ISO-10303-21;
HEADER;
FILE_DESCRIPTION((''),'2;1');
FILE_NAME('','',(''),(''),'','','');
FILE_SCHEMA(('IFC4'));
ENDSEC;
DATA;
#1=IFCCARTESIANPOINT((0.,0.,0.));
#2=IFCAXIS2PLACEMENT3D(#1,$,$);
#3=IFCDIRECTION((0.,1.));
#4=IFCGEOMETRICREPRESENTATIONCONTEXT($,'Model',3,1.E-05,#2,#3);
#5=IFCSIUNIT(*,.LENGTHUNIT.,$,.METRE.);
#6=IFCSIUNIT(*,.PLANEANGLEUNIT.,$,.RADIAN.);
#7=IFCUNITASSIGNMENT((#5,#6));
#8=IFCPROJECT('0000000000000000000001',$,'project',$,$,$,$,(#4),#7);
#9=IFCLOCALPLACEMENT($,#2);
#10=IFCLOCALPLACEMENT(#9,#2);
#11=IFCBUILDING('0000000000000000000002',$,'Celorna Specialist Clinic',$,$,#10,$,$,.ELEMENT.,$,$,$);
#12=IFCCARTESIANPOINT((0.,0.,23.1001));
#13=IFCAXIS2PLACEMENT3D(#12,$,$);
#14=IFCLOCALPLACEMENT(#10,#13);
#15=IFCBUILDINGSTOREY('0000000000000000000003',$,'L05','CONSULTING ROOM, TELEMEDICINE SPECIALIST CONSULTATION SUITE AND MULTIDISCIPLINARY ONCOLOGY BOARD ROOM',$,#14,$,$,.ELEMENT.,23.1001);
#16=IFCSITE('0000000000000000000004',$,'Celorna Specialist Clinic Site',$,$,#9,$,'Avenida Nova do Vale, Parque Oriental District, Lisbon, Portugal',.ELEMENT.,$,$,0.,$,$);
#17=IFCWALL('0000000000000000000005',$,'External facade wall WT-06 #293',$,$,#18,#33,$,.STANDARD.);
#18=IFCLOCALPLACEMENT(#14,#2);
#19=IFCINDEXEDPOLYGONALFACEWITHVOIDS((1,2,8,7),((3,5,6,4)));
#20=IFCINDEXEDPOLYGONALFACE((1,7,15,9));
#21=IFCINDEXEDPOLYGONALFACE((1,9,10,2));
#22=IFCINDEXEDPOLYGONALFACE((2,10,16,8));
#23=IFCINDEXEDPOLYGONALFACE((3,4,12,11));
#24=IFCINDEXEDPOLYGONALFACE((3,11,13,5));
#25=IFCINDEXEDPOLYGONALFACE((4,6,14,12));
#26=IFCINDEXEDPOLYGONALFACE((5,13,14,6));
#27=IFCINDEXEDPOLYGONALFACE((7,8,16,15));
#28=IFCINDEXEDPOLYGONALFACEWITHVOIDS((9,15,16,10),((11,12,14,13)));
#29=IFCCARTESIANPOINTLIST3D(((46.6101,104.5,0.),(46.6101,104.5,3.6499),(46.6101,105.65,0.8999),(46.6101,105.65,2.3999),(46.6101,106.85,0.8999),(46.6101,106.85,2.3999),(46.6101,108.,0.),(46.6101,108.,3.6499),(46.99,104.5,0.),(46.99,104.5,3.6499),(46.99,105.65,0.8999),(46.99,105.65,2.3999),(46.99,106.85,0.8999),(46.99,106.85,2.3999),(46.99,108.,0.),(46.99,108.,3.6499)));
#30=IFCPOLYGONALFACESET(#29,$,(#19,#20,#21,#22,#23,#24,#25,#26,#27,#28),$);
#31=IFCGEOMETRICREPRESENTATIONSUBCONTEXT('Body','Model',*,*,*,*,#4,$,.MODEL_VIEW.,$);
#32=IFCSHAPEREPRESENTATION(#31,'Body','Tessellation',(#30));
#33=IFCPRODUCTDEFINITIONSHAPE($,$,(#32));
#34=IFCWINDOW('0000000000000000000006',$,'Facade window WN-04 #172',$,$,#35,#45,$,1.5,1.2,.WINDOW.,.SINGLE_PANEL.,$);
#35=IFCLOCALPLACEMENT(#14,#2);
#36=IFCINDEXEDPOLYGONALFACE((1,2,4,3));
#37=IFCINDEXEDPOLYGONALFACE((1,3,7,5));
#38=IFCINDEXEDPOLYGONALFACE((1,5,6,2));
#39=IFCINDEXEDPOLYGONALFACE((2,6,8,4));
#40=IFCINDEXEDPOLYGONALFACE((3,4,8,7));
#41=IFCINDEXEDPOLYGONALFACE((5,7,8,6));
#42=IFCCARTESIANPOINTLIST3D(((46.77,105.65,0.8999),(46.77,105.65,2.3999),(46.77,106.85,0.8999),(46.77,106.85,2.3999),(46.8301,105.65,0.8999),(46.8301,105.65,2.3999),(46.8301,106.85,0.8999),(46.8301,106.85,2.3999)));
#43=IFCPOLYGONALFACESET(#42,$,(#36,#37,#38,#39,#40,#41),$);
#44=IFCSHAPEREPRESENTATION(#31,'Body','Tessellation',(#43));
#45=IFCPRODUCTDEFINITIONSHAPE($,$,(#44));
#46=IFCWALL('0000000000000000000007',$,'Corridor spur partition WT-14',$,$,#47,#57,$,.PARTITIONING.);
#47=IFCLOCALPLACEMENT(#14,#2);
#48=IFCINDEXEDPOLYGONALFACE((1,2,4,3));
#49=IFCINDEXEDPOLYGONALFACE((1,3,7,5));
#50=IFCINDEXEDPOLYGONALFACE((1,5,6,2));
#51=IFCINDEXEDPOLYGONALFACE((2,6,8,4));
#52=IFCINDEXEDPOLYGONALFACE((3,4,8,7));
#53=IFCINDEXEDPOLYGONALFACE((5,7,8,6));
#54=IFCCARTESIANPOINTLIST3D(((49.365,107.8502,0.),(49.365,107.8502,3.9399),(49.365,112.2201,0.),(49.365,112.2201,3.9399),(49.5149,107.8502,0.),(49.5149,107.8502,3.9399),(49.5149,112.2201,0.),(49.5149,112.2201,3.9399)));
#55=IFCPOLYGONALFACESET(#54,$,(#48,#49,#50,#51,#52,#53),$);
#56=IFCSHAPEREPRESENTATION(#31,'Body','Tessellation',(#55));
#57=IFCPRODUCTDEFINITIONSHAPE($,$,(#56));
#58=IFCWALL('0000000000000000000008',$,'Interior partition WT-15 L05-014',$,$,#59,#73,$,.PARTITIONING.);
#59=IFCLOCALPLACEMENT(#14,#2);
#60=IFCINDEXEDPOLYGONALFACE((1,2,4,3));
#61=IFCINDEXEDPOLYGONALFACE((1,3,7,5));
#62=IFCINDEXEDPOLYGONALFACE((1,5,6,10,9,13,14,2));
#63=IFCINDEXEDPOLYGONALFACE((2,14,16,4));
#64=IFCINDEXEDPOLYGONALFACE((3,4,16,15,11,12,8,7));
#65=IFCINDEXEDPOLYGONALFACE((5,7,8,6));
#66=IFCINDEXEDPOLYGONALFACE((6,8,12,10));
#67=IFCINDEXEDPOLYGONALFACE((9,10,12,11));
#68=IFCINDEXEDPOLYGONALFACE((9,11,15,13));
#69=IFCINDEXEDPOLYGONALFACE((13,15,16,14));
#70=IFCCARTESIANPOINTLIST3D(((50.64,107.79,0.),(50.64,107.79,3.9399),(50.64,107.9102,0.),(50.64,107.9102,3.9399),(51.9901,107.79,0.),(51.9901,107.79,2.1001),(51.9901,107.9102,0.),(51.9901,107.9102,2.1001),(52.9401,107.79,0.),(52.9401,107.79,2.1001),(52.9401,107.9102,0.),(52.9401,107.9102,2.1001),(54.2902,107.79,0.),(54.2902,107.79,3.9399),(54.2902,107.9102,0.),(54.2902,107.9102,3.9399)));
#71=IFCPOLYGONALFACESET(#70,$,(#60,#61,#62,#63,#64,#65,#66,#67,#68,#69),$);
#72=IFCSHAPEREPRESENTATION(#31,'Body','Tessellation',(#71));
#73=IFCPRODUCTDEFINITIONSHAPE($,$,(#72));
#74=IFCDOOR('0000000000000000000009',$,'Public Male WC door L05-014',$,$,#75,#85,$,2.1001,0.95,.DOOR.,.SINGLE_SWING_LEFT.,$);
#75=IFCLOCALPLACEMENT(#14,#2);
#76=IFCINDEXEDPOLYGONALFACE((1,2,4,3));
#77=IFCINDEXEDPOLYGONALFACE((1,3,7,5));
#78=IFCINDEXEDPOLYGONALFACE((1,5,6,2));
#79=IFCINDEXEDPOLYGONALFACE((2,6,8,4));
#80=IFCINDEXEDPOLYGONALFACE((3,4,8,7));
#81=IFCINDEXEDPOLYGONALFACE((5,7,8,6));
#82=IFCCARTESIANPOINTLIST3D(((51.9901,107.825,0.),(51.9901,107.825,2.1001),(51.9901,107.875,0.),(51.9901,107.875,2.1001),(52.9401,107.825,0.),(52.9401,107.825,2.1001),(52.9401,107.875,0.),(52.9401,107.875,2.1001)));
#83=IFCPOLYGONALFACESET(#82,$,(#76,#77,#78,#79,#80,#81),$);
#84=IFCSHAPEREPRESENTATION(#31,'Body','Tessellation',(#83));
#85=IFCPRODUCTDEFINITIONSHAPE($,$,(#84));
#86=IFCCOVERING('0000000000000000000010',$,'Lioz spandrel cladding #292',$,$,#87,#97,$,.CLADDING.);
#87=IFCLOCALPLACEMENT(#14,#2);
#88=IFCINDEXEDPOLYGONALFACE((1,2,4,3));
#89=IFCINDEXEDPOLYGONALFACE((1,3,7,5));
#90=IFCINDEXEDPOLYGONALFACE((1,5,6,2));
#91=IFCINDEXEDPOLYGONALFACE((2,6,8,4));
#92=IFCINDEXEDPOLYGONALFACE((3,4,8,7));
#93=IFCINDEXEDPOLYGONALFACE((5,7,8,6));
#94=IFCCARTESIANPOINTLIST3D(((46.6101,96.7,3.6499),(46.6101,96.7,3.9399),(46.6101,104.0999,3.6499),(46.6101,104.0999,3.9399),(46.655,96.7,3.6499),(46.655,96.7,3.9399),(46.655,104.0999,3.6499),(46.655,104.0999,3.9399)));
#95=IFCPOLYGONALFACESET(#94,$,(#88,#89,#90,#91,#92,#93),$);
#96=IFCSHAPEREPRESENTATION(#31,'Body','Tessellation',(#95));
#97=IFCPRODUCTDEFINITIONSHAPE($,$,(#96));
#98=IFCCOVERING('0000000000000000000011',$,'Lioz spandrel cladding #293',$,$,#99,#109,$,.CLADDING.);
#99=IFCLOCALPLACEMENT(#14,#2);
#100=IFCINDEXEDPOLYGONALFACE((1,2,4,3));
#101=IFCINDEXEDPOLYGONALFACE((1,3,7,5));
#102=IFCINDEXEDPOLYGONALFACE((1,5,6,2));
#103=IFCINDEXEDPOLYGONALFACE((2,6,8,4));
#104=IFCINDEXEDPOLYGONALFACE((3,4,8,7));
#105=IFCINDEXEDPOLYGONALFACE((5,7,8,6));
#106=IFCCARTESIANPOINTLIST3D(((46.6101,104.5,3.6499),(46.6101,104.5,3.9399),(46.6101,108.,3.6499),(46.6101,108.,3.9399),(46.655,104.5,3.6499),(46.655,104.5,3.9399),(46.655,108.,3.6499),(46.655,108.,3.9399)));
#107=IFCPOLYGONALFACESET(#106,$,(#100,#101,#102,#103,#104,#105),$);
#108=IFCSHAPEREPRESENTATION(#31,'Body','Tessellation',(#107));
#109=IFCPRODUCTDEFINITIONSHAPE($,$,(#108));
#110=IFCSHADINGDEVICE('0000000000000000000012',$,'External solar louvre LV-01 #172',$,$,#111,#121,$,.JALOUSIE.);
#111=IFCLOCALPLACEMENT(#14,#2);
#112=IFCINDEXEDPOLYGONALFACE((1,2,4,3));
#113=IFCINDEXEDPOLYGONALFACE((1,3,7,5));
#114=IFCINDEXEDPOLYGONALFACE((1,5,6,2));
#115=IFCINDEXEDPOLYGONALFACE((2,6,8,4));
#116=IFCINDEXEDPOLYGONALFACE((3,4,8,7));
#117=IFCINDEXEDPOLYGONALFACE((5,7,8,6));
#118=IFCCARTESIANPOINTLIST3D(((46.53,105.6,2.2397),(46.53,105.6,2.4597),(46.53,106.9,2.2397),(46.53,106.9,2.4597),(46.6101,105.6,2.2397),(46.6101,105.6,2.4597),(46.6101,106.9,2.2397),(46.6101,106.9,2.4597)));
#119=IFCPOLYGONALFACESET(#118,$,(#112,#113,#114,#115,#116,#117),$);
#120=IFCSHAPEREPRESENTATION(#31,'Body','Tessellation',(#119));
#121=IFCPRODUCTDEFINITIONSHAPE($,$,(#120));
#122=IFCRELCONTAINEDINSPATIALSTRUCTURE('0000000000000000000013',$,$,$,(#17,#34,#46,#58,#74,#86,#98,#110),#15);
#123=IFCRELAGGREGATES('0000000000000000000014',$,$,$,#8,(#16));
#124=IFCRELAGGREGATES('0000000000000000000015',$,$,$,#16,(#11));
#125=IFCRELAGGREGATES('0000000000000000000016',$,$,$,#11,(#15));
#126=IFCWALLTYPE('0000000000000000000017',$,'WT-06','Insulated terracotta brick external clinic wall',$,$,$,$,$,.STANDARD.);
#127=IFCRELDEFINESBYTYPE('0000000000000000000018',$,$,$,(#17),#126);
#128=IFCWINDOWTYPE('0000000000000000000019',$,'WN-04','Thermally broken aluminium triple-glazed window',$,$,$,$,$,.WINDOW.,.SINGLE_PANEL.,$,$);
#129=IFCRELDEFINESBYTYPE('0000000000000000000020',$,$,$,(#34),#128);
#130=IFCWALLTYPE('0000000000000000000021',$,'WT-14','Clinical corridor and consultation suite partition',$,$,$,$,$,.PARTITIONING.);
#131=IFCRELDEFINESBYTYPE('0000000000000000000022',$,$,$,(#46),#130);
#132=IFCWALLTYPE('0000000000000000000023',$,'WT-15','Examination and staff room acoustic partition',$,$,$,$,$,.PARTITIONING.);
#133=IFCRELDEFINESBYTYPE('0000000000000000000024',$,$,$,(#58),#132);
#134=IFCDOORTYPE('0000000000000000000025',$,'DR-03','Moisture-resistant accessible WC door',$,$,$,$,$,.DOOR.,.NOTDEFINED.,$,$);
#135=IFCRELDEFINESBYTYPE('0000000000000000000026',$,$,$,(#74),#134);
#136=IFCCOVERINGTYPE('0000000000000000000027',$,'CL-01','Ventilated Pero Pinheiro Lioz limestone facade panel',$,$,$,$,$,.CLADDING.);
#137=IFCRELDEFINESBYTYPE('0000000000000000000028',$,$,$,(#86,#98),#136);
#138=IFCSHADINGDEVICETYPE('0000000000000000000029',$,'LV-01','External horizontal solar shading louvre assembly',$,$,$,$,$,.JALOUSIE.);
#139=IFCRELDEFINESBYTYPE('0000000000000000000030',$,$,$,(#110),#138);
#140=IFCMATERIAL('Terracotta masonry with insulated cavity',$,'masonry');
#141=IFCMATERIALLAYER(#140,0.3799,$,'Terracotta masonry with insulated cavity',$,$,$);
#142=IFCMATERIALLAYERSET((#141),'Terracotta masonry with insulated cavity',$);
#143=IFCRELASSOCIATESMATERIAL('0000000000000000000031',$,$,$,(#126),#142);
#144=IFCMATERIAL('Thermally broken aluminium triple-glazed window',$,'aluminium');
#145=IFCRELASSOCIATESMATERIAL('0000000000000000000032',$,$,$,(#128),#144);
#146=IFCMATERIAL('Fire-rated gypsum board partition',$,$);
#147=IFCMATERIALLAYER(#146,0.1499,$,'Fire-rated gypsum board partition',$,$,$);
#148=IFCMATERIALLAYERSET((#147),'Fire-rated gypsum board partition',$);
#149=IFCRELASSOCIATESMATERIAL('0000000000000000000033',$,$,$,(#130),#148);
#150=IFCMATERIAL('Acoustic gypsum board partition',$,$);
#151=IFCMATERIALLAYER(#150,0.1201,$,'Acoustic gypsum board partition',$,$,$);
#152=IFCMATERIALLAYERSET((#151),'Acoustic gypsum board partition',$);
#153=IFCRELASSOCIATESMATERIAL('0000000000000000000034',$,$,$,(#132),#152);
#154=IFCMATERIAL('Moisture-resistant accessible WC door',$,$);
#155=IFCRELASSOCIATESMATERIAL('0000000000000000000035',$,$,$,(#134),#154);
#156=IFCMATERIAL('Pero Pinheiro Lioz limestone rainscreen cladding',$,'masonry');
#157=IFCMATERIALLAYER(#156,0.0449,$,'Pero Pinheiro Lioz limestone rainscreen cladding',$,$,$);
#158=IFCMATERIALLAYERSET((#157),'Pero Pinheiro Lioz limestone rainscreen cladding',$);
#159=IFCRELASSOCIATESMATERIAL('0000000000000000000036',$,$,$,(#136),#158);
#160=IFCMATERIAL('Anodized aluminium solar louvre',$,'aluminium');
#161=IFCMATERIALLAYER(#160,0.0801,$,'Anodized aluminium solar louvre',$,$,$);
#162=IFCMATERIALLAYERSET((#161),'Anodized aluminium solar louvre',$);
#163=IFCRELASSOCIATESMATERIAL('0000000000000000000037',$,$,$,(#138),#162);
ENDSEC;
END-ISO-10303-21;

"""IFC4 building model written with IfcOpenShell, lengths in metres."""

from ifc_helpers import new_model, si_unit, direction, frame, frame_2d, origin, origin_2d, place, context, subcontext, project, spatial, rectangle, extrude, material, layer, layer_set, type_object, element, fill, save


model = new_model("IFC4")

# Units and contexts
model_context = context("Model", 3, precision=1e-05, world=origin(), true_north=direction((0.0, 1.0)))
body_context = subcontext(model_context, "Body", "Model", "MODEL_VIEW")
ifc_project = project(units=[si_unit("LENGTHUNIT", "METRE"), si_unit("PLANEANGLEUNIT", "RADIAN")], contexts=[model_context])

# Site, building, storey
site_placement = place(None, origin())
site = spatial("IfcSite", under=ifc_project, at=site_placement, Name="Celorna Specialist Clinic Site", LongName="Avenida Nova do Vale, Parque Oriental District, Lisbon, Portugal", CompositionType="ELEMENT", RefElevation=0.0)
building_placement = place(site_placement, origin())
building = spatial("IfcBuilding", under=site, at=building_placement, Name="Celorna Specialist Clinic", CompositionType="ELEMENT")
storey_placement = place(building_placement, frame((0.0, 0.0, 23.1001)))
storey = spatial("IfcBuildingStorey", under=building, at=storey_placement, Name="L05", Description="CONSULTING ROOM, TELEMEDICINE SPECIALIST CONSULTATION SUITE AND MULTIDISCIPLINARY ONCOLOGY BOARD ROOM", CompositionType="ELEMENT", Elevation=23.1001)

# Wall, opening, window
ifc_material_1 = material(Name="Terracotta masonry with insulated cavity", Category="masonry")
ifc_layer_1 = layer(ifc_material_1, 0.3799, Name="Terracotta masonry with insulated cavity")
ifc_layer_set_1 = layer_set([ifc_layer_1], Name="Terracotta masonry with insulated cavity")
wall_type_1 = type_object("IfcWallType", Name="WT-06", Description="Insulated terracotta brick external clinic wall", PredefinedType="STANDARD", material=ifc_layer_set_1)
ifc_material_2 = material(Name="Thermally broken aluminium triple-glazed window", Category="aluminium")
wall_1_placement = place(storey_placement, frame((46.8, 104.5, 0.0), z_axis=(0.0, 0.0, 1.0), x_axis=(0.0, 1.0, 0.0)))
wall_1 = element("IfcWall", 1, at=wall_1_placement, inside=storey, type_object=wall_type_1, Name="External facade wall WT-06 #293", PredefinedType="STANDARD", context=body_context, shape_type="SweptSolid", body=[
    extrude(rectangle(XDim=3.5, YDim=0.3799, at=frame_2d((1.75, 0.0))), origin(), (0.0, 0.0, 1.0), 3.6499),
])
opening_1_placement = place(wall_1_placement, frame((1.1499, 0.0, 0.8999)))
opening_1 = element("IfcOpeningElement", 2, at=opening_1_placement, cuts=wall_1, PredefinedType="OPENING", context=body_context, shape_type="SweptSolid", body=[
    extrude(rectangle(XDim=1.2, YDim=1.5, at=frame_2d((0.6001, 0.75))), frame((0.0, 0.2, 0.0), z_axis=(0.0, -1.0, 0.0), x_axis=(1.0, 0.0, 0.0)), (0.0, 0.0, 1.0), 0.3999),
])
window_type_1 = type_object("IfcWindowType", Name="WN-04", Description="Thermally broken aluminium triple-glazed window", PartitioningType="SINGLE_PANEL", PredefinedType="WINDOW", material=ifc_material_2)
window_1_placement = place(opening_1_placement, origin())
window_1 = element("IfcWindow", 3, at=window_1_placement, inside=storey, type_object=window_type_1, Name="Facade window WN-04 #172", OverallHeight=1.5, OverallWidth=1.2, PartitioningType="SINGLE_PANEL", PredefinedType="WINDOW", context=body_context, shape_type="SweptSolid", body=[
    extrude(rectangle(XDim=1.2, YDim=1.5, at=frame_2d((0.6001, 0.75))), frame((0.0, 0.03, 0.0), z_axis=(0.0, -1.0, 0.0), x_axis=(1.0, 0.0, 0.0)), (0.0, 0.0, 1.0), 0.0601),
])
fill(opening_1, window_1)

# Wall
ifc_material_3 = material(Name="Fire-rated gypsum board partition")
ifc_layer_2 = layer(ifc_material_3, 0.1499, Name="Fire-rated gypsum board partition")
ifc_layer_set_2 = layer_set([ifc_layer_2], Name="Fire-rated gypsum board partition")
wall_type_2 = type_object("IfcWallType", Name="WT-14", Description="Clinical corridor and consultation suite partition", PredefinedType="PARTITIONING", material=ifc_layer_set_2)
wall_2_placement = place(storey_placement, frame((49.4399, 107.8501, 0.0), z_axis=(0.0, 0.0, 1.0), x_axis=(0.0, 1.0, 0.0)))
element("IfcWall", 4, at=wall_2_placement, inside=storey, type_object=wall_type_2, Name="Corridor spur partition WT-14", PredefinedType="PARTITIONING", context=body_context, shape_type="SweptSolid", body=[
    extrude(rectangle(XDim=4.3699, YDim=0.1499, at=frame_2d((2.1851, 0.0))), origin(), (0.0, 0.0, 1.0), 3.9399),
])

# Wall, opening, door
ifc_material_4 = material(Name="Acoustic gypsum board partition")
ifc_layer_3 = layer(ifc_material_4, 0.1201, Name="Acoustic gypsum board partition")
ifc_layer_set_3 = layer_set([ifc_layer_3], Name="Acoustic gypsum board partition")
wall_type_3 = type_object("IfcWallType", Name="WT-15", Description="Examination and staff room acoustic partition", PredefinedType="PARTITIONING", material=ifc_layer_set_3)
wall_3_placement = place(storey_placement, frame((50.6399, 107.8501, 0.0), z_axis=(0.0, 0.0, 1.0), x_axis=(1.0, 0.0, 0.0)))
wall_3 = element("IfcWall", 5, at=wall_3_placement, inside=storey, type_object=wall_type_3, Name="Interior partition WT-15 L05-014", PredefinedType="PARTITIONING", context=body_context, shape_type="SweptSolid", body=[
    extrude(rectangle(XDim=3.6501, YDim=0.1201, at=frame_2d((1.8252, 0.0))), origin(), (0.0, 0.0, 1.0), 3.9399),
])
opening_2_placement = place(wall_3_placement, frame((1.3501, 0.0, 0.0)))
opening_2 = element("IfcOpeningElement", 6, at=opening_2_placement, cuts=wall_3, PredefinedType="OPENING", context=body_context, shape_type="SweptSolid", body=[
    extrude(rectangle(XDim=0.95, YDim=2.1001, at=frame_2d((0.4751, 1.05))), frame((0.0, 0.0701, 0.0), z_axis=(0.0, -1.0, 0.0), x_axis=(1.0, 0.0, 0.0)), (0.0, 0.0, 1.0), 0.1401),
])
ifc_material_5 = material(Name="Moisture-resistant accessible WC door")
door_type = type_object("IfcDoorType", Name="DR-03", Description="Moisture-resistant accessible WC door", OperationType="NOTDEFINED", PredefinedType="DOOR", material=ifc_material_5)
door_placement = place(opening_2_placement, origin())
door = element("IfcDoor", 7, at=door_placement, inside=storey, type_object=door_type, Name="Public Male WC door L05-014", OperationType="SINGLE_SWING_LEFT", OverallHeight=2.1001, OverallWidth=0.95, PredefinedType="DOOR", context=body_context, shape_type="SweptSolid", body=[
    extrude(rectangle(XDim=0.95, YDim=2.1001, at=frame_2d((0.4751, 1.05))), frame((0.0, 0.0249, 0.0), z_axis=(0.0, -1.0, 0.0), x_axis=(1.0, 0.0, 0.0)), (0.0, 0.0, 1.0), 0.05),
])
fill(opening_2, door)

# Coverings
ifc_material_6 = material(Name="Pero Pinheiro Lioz limestone rainscreen cladding", Category="masonry")
ifc_layer_4 = layer(ifc_material_6, 0.0449, Name="Pero Pinheiro Lioz limestone rainscreen cladding")
ifc_layer_set_4 = layer_set([ifc_layer_4], Name="Pero Pinheiro Lioz limestone rainscreen cladding")
covering_type = type_object("IfcCoveringType", Name="CL-01", Description="Ventilated Pero Pinheiro Lioz limestone facade panel", PredefinedType="CLADDING", material=ifc_layer_set_4)
covering_1_placement = place(storey_placement, frame((46.6326, 100.3999, 3.6499), z_axis=(0.0, 0.0, 1.0), x_axis=(0.0, 1.0, 0.0)))
element("IfcCovering", 8, at=covering_1_placement, inside=storey, type_object=covering_type, Name="Lioz spandrel cladding #292", PredefinedType="CLADDING", context=body_context, shape_type="SweptSolid", body=[
    extrude(rectangle(XDim=7.3999, YDim=0.0449, at=origin_2d()), origin(), (0.0, 0.0, 1.0), 0.29),
])
covering_2_placement = place(storey_placement, frame((46.6326, 106.25, 3.6499), z_axis=(0.0, 0.0, 1.0), x_axis=(0.0, 1.0, 0.0)))
element("IfcCovering", 9, at=covering_2_placement, inside=storey, type_object=covering_type, Name="Lioz spandrel cladding #293", PredefinedType="CLADDING", context=body_context, shape_type="SweptSolid", body=[
    extrude(rectangle(XDim=3.5, YDim=0.0449, at=origin_2d()), origin(), (0.0, 0.0, 1.0), 0.29),
])

# Shading device
ifc_material_7 = material(Name="Anodized aluminium solar louvre", Category="aluminium")
ifc_layer_5 = layer(ifc_material_7, 0.0801, Name="Anodized aluminium solar louvre")
ifc_layer_set_5 = layer_set([ifc_layer_5], Name="Anodized aluminium solar louvre")
shading_device_type = type_object("IfcShadingDeviceType", Name="LV-01", Description="External horizontal solar shading louvre assembly", PredefinedType="JALOUSIE", material=ifc_layer_set_5)
shading_device_placement = place(storey_placement, frame((46.5701, 106.25, 2.2397), z_axis=(0.0, 0.0, 1.0), x_axis=(0.0, 1.0, 0.0)))
element("IfcShadingDevice", 10, at=shading_device_placement, inside=storey, type_object=shading_device_type, Name="External solar louvre LV-01 #172", PredefinedType="JALOUSIE", context=body_context, shape_type="SweptSolid", body=[
    extrude(rectangle(XDim=1.3, YDim=0.0801, at=origin_2d()), origin(), (0.0, 0.0, 1.0), 0.22),
])

save(model, "model.ifc")
